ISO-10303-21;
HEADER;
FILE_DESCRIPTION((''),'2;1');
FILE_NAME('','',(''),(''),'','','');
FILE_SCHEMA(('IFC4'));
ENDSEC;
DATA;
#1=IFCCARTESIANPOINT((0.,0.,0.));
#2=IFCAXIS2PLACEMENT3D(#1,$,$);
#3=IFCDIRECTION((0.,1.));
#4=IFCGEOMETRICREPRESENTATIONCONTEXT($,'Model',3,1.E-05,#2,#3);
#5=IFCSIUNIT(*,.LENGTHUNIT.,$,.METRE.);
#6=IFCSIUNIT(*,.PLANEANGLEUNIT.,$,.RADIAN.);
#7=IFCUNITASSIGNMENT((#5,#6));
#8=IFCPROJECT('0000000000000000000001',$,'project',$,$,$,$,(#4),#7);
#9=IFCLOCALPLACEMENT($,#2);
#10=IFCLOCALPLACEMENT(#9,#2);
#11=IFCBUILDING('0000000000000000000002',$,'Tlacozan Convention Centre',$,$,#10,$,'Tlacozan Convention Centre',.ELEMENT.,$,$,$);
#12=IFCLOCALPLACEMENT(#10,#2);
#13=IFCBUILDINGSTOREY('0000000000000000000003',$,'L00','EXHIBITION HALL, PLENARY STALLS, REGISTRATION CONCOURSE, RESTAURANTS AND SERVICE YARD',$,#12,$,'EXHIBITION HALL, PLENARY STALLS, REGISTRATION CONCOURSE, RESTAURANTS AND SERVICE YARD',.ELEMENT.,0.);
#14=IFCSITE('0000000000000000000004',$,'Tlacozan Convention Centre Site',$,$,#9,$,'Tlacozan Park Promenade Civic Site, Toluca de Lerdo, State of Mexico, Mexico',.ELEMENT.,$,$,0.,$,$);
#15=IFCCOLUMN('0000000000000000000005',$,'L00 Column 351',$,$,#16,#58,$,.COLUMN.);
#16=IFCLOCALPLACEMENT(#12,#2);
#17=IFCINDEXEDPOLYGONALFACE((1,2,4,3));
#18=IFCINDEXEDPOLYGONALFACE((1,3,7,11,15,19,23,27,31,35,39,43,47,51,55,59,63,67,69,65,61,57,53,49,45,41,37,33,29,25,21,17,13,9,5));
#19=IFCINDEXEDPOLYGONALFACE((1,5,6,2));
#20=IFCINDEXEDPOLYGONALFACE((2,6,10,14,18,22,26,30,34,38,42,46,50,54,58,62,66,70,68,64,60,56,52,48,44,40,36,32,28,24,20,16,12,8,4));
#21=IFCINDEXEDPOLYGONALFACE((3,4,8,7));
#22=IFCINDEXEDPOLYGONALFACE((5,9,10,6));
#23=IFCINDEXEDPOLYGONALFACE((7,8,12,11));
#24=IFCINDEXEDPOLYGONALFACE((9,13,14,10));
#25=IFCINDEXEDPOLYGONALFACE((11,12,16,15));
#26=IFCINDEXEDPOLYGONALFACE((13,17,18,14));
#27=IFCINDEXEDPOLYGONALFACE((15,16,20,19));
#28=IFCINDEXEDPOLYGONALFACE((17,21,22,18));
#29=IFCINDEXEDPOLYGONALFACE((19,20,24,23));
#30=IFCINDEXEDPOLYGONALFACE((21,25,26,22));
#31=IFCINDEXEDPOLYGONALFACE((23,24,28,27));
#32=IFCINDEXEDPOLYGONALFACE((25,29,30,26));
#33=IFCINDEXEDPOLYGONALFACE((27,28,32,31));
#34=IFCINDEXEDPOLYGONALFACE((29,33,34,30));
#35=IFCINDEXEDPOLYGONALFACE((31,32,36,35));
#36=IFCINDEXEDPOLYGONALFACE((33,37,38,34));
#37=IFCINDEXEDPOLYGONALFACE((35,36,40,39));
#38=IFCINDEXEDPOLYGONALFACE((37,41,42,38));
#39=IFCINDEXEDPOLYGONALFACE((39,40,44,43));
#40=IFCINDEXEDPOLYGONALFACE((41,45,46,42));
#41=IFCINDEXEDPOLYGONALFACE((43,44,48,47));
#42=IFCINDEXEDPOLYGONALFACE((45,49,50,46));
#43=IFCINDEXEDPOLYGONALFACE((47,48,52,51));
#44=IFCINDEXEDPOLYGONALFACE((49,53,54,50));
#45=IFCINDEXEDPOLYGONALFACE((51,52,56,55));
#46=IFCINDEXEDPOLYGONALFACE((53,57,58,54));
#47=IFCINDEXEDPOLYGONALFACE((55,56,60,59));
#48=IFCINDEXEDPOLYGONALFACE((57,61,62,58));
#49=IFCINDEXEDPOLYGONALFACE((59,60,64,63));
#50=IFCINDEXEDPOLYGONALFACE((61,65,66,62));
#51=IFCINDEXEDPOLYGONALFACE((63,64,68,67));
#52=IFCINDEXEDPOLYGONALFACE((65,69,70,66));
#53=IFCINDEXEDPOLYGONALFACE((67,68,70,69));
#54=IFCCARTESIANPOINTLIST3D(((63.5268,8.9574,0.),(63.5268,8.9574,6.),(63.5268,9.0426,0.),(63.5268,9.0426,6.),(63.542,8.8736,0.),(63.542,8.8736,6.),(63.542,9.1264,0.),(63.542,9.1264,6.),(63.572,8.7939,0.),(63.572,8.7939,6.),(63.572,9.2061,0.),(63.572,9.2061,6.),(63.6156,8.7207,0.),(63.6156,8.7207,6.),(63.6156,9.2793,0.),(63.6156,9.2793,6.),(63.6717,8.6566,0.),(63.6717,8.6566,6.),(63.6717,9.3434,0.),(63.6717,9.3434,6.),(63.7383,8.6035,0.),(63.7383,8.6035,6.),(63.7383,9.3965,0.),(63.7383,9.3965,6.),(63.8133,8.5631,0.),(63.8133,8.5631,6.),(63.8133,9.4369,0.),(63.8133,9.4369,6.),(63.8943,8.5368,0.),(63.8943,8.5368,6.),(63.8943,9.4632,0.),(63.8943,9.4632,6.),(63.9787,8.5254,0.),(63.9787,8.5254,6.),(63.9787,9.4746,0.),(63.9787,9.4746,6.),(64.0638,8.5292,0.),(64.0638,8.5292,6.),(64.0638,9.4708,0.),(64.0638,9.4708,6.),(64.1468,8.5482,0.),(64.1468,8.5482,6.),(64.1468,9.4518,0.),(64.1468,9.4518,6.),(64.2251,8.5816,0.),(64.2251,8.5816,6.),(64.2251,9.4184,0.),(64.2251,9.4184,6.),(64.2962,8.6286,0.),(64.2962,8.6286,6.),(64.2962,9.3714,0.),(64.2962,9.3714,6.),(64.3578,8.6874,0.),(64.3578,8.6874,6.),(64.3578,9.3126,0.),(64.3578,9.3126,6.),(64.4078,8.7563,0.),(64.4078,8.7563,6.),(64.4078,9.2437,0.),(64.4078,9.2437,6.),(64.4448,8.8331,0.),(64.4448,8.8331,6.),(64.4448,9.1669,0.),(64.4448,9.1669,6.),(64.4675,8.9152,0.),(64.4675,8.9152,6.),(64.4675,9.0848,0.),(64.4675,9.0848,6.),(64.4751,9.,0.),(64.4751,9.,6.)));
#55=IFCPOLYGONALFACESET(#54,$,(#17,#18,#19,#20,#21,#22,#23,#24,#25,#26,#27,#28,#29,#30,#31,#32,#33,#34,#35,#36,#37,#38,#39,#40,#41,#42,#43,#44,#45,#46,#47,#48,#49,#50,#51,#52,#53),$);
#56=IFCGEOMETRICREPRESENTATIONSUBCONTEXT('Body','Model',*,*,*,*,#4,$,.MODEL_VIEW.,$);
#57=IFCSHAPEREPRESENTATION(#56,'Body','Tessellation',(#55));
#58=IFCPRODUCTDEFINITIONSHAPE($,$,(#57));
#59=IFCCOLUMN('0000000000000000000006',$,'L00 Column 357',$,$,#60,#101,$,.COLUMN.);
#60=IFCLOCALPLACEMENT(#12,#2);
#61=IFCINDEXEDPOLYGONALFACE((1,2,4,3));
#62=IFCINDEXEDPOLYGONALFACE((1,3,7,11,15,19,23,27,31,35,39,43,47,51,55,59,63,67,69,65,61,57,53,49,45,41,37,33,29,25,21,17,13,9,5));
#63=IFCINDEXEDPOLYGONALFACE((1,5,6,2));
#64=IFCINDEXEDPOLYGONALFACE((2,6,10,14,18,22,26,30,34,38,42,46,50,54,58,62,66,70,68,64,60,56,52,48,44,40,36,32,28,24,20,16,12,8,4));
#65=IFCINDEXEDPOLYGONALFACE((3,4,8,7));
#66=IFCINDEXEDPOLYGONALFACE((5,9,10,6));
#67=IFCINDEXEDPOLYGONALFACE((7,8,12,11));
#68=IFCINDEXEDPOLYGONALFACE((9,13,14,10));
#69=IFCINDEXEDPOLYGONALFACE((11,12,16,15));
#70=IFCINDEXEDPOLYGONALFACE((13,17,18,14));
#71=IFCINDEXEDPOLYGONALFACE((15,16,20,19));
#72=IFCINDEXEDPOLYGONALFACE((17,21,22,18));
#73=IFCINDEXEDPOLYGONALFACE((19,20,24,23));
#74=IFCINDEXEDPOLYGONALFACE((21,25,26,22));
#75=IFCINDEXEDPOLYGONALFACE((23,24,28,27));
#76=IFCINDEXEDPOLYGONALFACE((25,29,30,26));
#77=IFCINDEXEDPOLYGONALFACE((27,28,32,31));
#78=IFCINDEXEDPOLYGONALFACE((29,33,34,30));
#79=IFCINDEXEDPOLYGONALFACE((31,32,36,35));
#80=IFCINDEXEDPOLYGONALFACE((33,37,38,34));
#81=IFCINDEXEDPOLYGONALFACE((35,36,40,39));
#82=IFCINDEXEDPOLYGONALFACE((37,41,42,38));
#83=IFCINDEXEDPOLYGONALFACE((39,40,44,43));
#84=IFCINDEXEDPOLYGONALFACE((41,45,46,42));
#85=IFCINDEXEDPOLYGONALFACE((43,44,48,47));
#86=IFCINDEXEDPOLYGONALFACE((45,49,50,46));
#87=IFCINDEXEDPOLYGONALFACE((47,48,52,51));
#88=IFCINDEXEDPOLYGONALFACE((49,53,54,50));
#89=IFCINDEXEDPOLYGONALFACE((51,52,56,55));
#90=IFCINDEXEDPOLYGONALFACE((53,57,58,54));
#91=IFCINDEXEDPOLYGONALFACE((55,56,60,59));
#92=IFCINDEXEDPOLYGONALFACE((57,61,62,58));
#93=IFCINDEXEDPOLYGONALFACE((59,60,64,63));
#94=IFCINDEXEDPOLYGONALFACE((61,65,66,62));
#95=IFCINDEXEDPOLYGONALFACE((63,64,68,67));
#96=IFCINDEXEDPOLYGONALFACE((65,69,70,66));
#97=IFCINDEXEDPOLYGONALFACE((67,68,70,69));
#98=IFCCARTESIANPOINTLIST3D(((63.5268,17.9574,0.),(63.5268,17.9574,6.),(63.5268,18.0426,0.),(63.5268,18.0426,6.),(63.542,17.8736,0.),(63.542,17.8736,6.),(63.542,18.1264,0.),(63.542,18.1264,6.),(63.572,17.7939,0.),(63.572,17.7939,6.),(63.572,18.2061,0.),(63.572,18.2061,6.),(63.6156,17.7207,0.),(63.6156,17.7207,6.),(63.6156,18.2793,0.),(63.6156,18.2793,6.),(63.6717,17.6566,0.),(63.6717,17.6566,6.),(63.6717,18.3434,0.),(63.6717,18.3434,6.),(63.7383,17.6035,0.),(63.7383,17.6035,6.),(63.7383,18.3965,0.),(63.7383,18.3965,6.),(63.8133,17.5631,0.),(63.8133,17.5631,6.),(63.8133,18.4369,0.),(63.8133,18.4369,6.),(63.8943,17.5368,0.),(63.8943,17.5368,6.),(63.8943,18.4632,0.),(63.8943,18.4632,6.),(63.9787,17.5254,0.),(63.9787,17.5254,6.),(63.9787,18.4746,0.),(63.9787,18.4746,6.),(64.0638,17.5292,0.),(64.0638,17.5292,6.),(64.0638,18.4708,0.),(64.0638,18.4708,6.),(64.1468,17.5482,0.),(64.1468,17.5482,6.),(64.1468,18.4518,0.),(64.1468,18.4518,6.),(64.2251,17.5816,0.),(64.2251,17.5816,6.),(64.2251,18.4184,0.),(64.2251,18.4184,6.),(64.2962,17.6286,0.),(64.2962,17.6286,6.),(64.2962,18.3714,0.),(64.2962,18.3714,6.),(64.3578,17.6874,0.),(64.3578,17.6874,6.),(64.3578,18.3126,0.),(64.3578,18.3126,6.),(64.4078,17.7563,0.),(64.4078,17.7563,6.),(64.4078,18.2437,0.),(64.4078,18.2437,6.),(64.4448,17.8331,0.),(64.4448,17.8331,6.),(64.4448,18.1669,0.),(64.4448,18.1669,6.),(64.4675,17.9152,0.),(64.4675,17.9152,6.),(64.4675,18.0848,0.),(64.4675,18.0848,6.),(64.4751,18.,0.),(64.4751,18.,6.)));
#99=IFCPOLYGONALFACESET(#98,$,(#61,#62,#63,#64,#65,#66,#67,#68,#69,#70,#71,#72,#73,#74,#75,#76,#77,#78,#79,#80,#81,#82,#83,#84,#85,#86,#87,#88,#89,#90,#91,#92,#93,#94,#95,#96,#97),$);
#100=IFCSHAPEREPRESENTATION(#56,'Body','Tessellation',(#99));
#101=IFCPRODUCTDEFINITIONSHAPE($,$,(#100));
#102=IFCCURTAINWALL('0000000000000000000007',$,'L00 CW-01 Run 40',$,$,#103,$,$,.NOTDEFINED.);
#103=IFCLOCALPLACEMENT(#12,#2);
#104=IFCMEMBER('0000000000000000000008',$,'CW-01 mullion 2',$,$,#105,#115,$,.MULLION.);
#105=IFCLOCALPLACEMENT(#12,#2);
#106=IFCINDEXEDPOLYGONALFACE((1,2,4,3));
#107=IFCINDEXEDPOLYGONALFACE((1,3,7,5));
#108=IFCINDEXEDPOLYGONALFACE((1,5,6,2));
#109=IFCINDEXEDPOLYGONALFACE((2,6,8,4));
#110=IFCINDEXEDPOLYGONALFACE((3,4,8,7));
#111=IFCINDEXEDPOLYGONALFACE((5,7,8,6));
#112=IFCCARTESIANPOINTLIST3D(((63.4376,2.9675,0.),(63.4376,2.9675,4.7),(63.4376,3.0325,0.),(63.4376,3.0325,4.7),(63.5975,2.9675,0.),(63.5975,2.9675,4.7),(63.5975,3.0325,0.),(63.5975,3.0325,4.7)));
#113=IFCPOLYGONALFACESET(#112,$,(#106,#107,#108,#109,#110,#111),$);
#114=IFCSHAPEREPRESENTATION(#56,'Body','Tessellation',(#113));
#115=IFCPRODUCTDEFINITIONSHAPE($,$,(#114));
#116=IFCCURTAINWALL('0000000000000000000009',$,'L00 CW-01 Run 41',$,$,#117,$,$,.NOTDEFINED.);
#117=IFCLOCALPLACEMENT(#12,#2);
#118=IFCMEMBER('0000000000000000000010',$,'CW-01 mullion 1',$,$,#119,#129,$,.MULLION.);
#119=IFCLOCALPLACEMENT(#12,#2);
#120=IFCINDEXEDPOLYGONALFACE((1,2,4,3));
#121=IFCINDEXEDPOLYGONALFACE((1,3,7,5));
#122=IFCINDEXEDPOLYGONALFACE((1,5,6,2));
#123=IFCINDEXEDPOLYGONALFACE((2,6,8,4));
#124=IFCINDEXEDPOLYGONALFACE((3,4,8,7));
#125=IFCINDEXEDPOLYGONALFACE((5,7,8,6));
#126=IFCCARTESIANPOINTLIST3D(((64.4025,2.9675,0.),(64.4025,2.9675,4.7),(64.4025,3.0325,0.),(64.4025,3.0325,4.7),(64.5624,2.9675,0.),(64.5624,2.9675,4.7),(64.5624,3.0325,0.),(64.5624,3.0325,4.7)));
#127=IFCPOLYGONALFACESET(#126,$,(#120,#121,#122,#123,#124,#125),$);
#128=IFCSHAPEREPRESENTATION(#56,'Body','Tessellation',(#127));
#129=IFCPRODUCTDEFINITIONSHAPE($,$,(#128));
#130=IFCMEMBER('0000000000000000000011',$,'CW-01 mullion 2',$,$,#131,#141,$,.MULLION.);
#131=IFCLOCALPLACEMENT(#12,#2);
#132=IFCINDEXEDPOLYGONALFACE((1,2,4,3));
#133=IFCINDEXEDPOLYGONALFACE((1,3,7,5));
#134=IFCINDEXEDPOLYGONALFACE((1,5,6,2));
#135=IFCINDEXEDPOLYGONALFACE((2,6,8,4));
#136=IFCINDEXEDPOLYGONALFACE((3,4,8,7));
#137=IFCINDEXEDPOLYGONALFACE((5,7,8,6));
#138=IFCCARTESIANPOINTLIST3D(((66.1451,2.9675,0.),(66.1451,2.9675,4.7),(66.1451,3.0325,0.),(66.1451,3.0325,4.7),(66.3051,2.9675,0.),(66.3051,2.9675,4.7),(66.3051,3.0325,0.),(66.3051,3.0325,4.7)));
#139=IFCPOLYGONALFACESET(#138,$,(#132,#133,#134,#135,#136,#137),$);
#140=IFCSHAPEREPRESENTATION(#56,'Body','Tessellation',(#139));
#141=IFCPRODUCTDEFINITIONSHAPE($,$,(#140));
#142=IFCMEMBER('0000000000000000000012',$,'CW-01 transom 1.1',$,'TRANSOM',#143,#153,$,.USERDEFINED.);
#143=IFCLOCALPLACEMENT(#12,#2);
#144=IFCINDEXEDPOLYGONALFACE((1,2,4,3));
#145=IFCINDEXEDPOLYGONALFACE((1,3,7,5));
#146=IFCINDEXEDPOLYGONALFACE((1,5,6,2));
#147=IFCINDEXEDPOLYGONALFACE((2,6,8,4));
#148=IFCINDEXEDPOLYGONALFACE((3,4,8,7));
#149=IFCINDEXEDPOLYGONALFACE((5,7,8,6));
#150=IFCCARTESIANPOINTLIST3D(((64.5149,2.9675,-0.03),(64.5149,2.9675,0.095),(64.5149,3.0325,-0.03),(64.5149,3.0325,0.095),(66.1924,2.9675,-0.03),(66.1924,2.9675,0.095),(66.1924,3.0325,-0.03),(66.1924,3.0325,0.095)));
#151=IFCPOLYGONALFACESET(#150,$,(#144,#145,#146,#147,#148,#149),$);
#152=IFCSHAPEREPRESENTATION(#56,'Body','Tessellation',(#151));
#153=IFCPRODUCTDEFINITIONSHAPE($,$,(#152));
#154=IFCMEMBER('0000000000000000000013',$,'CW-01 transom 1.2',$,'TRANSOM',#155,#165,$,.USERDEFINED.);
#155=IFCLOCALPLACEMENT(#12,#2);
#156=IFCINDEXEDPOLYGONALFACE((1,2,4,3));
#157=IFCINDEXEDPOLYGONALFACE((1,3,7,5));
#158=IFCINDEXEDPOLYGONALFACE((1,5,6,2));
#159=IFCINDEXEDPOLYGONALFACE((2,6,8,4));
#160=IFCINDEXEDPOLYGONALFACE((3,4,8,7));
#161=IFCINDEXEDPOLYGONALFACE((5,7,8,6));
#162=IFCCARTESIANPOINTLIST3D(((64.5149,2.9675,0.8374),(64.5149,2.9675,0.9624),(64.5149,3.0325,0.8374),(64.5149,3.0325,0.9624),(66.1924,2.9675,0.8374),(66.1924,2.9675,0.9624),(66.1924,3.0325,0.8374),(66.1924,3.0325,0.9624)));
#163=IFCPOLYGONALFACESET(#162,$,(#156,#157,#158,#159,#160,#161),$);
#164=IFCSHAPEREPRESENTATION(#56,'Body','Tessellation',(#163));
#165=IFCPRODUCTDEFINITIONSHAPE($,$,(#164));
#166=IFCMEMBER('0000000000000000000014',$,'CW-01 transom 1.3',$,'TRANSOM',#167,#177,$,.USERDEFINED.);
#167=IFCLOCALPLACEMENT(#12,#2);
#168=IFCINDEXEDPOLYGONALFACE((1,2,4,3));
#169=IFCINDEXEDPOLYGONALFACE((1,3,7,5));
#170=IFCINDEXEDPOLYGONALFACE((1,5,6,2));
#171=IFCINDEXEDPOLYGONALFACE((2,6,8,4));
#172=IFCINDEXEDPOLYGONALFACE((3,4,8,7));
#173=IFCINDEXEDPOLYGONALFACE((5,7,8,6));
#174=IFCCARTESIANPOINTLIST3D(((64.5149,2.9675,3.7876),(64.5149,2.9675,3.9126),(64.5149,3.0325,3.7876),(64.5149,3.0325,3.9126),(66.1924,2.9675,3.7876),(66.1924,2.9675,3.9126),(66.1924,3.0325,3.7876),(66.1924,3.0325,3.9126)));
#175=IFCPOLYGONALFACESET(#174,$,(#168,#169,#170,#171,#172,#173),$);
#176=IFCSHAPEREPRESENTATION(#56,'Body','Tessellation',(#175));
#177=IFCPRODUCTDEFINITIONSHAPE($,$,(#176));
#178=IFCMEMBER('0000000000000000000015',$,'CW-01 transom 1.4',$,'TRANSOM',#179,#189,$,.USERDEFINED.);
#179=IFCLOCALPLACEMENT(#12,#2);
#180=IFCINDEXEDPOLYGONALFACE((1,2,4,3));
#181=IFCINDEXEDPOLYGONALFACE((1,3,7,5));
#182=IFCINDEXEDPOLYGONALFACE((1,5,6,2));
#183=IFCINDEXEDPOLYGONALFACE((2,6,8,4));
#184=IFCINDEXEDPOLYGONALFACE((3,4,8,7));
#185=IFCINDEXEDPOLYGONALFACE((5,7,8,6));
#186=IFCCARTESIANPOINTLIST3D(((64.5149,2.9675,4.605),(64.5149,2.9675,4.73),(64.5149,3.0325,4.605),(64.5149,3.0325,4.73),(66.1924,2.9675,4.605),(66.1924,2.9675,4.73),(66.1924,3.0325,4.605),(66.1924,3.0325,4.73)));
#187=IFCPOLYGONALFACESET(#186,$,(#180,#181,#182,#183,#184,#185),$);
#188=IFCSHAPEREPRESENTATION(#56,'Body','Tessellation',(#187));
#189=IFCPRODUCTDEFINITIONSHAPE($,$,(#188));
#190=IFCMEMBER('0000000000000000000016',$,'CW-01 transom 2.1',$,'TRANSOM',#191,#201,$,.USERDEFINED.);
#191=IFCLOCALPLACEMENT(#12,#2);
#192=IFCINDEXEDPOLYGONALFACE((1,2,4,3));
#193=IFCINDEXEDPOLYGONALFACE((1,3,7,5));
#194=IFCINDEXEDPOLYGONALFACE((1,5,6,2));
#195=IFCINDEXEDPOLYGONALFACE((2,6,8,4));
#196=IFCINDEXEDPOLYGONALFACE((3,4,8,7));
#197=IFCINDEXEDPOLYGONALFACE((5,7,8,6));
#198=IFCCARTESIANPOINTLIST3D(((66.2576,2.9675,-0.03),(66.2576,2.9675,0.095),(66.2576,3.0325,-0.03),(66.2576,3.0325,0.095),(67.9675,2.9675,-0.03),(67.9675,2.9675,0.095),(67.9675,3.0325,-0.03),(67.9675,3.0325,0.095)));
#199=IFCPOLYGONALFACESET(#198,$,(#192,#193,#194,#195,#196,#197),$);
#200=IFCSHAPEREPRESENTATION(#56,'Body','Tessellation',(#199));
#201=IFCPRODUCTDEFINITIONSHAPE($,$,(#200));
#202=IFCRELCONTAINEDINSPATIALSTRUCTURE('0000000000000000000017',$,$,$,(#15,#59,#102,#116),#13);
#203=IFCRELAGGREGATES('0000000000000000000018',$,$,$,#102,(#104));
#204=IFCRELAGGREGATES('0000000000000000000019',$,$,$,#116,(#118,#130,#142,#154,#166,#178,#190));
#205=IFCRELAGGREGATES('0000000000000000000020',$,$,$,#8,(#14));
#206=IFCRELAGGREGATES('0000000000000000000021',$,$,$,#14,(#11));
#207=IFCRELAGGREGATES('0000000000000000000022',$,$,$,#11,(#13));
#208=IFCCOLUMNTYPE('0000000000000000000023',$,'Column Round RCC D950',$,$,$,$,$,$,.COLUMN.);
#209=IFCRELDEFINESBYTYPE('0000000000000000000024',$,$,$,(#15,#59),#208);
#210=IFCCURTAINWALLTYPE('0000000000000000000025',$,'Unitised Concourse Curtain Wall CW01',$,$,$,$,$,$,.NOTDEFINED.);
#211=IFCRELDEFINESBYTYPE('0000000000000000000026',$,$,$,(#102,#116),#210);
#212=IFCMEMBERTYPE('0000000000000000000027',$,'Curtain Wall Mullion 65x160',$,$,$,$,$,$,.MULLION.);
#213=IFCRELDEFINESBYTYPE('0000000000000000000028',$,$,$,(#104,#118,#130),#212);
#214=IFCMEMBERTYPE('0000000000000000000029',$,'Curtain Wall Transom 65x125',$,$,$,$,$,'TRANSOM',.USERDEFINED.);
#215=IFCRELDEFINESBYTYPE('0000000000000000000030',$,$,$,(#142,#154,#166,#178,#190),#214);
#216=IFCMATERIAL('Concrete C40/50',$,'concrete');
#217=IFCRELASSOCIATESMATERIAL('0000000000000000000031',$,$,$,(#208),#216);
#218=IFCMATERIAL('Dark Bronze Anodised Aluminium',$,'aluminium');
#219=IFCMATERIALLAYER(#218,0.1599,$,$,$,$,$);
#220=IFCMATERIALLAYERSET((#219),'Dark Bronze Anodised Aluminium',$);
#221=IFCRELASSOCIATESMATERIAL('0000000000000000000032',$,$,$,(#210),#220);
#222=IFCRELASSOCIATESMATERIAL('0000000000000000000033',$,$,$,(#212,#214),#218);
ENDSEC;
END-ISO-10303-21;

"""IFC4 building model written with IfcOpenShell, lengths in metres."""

from ifc_helpers import new_model, si_unit, direction, frame, origin, origin_2d, place, context, subcontext, project, spatial, rectangle, circle, extrude, material, layer, layer_set, material_profile, profile_set, type_object, element, aggregate, save


model = new_model("IFC4")

# Units and contexts
model_context = context("Model", 3, precision=1e-05, world=origin(), true_north=direction((0.0, 1.0)))
body_context = subcontext(model_context, "Body", "Model", "MODEL_VIEW")
ifc_project = project(units=[si_unit("LENGTHUNIT", "METRE"), si_unit("PLANEANGLEUNIT", "RADIAN")], contexts=[model_context])

# Site, building, storey
site_placement = place(None, origin())
site = spatial("IfcSite", under=ifc_project, at=site_placement, Name="Tlacozan Convention Centre Site", LongName="Tlacozan Park Promenade Civic Site, Toluca de Lerdo, State of Mexico, Mexico", CompositionType="ELEMENT", RefElevation=0.0)
building_placement = place(site_placement, origin())
building = spatial("IfcBuilding", under=site, at=building_placement, Name="Tlacozan Convention Centre", LongName="Tlacozan Convention Centre", CompositionType="ELEMENT")
storey_placement = place(building_placement, origin())
storey = spatial("IfcBuildingStorey", under=building, at=storey_placement, Name="L00", Description="EXHIBITION HALL, PLENARY STALLS, REGISTRATION CONCOURSE, RESTAURANTS AND SERVICE YARD", LongName="EXHIBITION HALL, PLENARY STALLS, REGISTRATION CONCOURSE, RESTAURANTS AND SERVICE YARD", CompositionType="ELEMENT", Elevation=0.0)

# Columns
ifc_material_1 = material(Name="Concrete C40/50", Category="concrete")
ifc_material_profile_1 = material_profile(ifc_material_1, circle(Radius=0.4751, at=origin_2d()), Name="RCC D950")
ifc_profile_set_1 = profile_set([ifc_material_profile_1], Name="Concrete C40/50")
column_type = type_object("IfcColumnType", Name="Column Round RCC D950", PredefinedType="COLUMN", material=ifc_profile_set_1)
for number, where, z_axis, x_axis, name in (
    (1, (64.0, 9.0, 0.0), (0.0, 0.0, 1.0), (1.0, 0.0, 0.0), "L00 Column 351"),
    (2, (64.0, 18.0, 0.0), (0.0, 0.0, 1.0), (1.0, 0.0, 0.0), "L00 Column 357"),
):
    element("IfcColumn", number, at=place(storey_placement, frame(where, z_axis=z_axis, x_axis=x_axis)), inside=storey, type_object=column_type, Name=name, PredefinedType="COLUMN", context=body_context, shape_type="SweptSolid", body=[
        extrude(circle(Radius=0.4751, at=origin_2d()), origin(), (0.0, 0.0, 1.0), 6.0),
    ])

# Curtain wall, member
ifc_material_2 = material(Name="Dark Bronze Anodised Aluminium", Category="aluminium")
ifc_layer_1 = layer(ifc_material_2, 0.1599)
ifc_layer_set_1 = layer_set([ifc_layer_1], Name="Dark Bronze Anodised Aluminium")
curtain_wall_type = type_object("IfcCurtainWallType", Name="Unitised Concourse Curtain Wall CW01", PredefinedType="NOTDEFINED", material=ifc_layer_set_1)
curtain_wall_1_placement = place(storey_placement, origin())
curtain_wall_1 = element("IfcCurtainWall", 3, at=curtain_wall_1_placement, inside=storey, type_object=curtain_wall_type, Name="L00 CW-01 Run 40", PredefinedType="NOTDEFINED")
ifc_material_profile_2 = material_profile(ifc_material_2, rectangle(XDim=0.0649, YDim=0.1599, at=origin_2d()), Name="ALU 65x160")
ifc_profile_set_2 = profile_set([ifc_material_profile_2], Name="Dark Bronze Anodised Aluminium")
member_type_1 = type_object("IfcMemberType", Name="Curtain Wall Mullion 65x160", PredefinedType="MULLION", material=ifc_profile_set_2)
member_1_placement = place(storey_placement, frame((63.5176, 3.0, 0.0), z_axis=(0.0, 0.0, 1.0), x_axis=(0.0, 1.0, 0.0)))
member_1 = element("IfcMember", 4, at=member_1_placement, type_object=member_type_1, Name="CW-01 mullion 2", PredefinedType="MULLION", context=body_context, shape_type="SweptSolid", body=[
    extrude(rectangle(XDim=0.0649, YDim=0.1599, at=origin_2d()), origin(), (0.0, 0.0, 1.0), 4.7),
])
aggregate(curtain_wall_1, [member_1])

# Curtain wall, members
curtain_wall_2_placement = place(storey_placement, origin())
curtain_wall_2 = element("IfcCurtainWall", 5, at=curtain_wall_2_placement, inside=storey, type_object=curtain_wall_type, Name="L00 CW-01 Run 41", PredefinedType="NOTDEFINED")
member_2_placement = place(storey_placement, frame((64.4824, 3.0, 0.0), z_axis=(0.0, 0.0, 1.0), x_axis=(0.0, 1.0, 0.0)))
member_2 = element("IfcMember", 6, at=member_2_placement, type_object=member_type_1, Name="CW-01 mullion 1", PredefinedType="MULLION", context=body_context, shape_type="SweptSolid", body=[
    extrude(rectangle(XDim=0.0649, YDim=0.1599, at=origin_2d()), origin(), (0.0, 0.0, 1.0), 4.7),
])
member_3_placement = place(storey_placement, frame((66.2251, 3.0, 0.0), z_axis=(0.0, 0.0, 1.0), x_axis=(0.0, 1.0, 0.0)))
member_3 = element("IfcMember", 7, at=member_3_placement, type_object=member_type_1, Name="CW-01 mullion 2", PredefinedType="MULLION", context=body_context, shape_type="SweptSolid", body=[
    extrude(rectangle(XDim=0.0649, YDim=0.1599, at=origin_2d()), origin(), (0.0, 0.0, 1.0), 4.7),
])
ifc_material_profile_3 = material_profile(ifc_material_2, rectangle(XDim=0.0649, YDim=0.125, at=origin_2d()), Name="ALU 65x125")
ifc_profile_set_3 = profile_set([ifc_material_profile_3], Name="Dark Bronze Anodised Aluminium")
member_type_2 = type_object("IfcMemberType", Name="Curtain Wall Transom 65x125", ElementType="TRANSOM", PredefinedType="USERDEFINED", material=ifc_profile_set_3)
member_4_placement = place(storey_placement, frame((64.5149, 3.0, 0.0325), z_axis=(1.0, 0.0, 0.0), x_axis=(0.0, 1.0, 0.0)))
member_4 = element("IfcMember", 8, at=member_4_placement, type_object=member_type_2, Name="CW-01 transom 1.1", ObjectType="TRANSOM", PredefinedType="USERDEFINED", context=body_context, shape_type="SweptSolid", body=[
    extrude(rectangle(XDim=0.0649, YDim=0.125, at=origin_2d()), origin(), (0.0, 0.0, 1.0), 1.6775),
])
member_5_placement = place(storey_placement, frame((64.5149, 3.0, 0.8999), z_axis=(1.0, 0.0, 0.0), x_axis=(0.0, 1.0, 0.0)))
member_5 = element("IfcMember", 9, at=member_5_placement, type_object=member_type_2, Name="CW-01 transom 1.2", ObjectType="TRANSOM", PredefinedType="USERDEFINED", context=body_context, shape_type="SweptSolid", body=[
    extrude(rectangle(XDim=0.0649, YDim=0.125, at=origin_2d()), origin(), (0.0, 0.0, 1.0), 1.6775),
])
member_6_placement = place(storey_placement, frame((64.5149, 3.0, 3.8501), z_axis=(1.0, 0.0, 0.0), x_axis=(0.0, 1.0, 0.0)))
member_6 = element("IfcMember", 10, at=member_6_placement, type_object=member_type_2, Name="CW-01 transom 1.3", ObjectType="TRANSOM", PredefinedType="USERDEFINED", context=body_context, shape_type="SweptSolid", body=[
    extrude(rectangle(XDim=0.0649, YDim=0.125, at=origin_2d()), origin(), (0.0, 0.0, 1.0), 1.6775),
])
member_7_placement = place(storey_placement, frame((64.5149, 3.0, 4.6675), z_axis=(1.0, 0.0, 0.0), x_axis=(0.0, 1.0, 0.0)))
member_7 = element("IfcMember", 11, at=member_7_placement, type_object=member_type_2, Name="CW-01 transom 1.4", ObjectType="TRANSOM", PredefinedType="USERDEFINED", context=body_context, shape_type="SweptSolid", body=[
    extrude(rectangle(XDim=0.0649, YDim=0.125, at=origin_2d()), origin(), (0.0, 0.0, 1.0), 1.6775),
])
member_8_placement = place(storey_placement, frame((66.2576, 3.0, 0.0325), z_axis=(1.0, 0.0, 0.0), x_axis=(0.0, 1.0, 0.0)))
member_8 = element("IfcMember", 12, at=member_8_placement, type_object=member_type_2, Name="CW-01 transom 2.1", ObjectType="TRANSOM", PredefinedType="USERDEFINED", context=body_context, shape_type="SweptSolid", body=[
    extrude(rectangle(XDim=0.0649, YDim=0.125, at=origin_2d()), origin(), (0.0, 0.0, 1.0), 1.71),
])

aggregate(curtain_wall_2, [member_2, member_3, member_4, member_5, member_6, member_7, member_8])

save(model, "model.ifc")
